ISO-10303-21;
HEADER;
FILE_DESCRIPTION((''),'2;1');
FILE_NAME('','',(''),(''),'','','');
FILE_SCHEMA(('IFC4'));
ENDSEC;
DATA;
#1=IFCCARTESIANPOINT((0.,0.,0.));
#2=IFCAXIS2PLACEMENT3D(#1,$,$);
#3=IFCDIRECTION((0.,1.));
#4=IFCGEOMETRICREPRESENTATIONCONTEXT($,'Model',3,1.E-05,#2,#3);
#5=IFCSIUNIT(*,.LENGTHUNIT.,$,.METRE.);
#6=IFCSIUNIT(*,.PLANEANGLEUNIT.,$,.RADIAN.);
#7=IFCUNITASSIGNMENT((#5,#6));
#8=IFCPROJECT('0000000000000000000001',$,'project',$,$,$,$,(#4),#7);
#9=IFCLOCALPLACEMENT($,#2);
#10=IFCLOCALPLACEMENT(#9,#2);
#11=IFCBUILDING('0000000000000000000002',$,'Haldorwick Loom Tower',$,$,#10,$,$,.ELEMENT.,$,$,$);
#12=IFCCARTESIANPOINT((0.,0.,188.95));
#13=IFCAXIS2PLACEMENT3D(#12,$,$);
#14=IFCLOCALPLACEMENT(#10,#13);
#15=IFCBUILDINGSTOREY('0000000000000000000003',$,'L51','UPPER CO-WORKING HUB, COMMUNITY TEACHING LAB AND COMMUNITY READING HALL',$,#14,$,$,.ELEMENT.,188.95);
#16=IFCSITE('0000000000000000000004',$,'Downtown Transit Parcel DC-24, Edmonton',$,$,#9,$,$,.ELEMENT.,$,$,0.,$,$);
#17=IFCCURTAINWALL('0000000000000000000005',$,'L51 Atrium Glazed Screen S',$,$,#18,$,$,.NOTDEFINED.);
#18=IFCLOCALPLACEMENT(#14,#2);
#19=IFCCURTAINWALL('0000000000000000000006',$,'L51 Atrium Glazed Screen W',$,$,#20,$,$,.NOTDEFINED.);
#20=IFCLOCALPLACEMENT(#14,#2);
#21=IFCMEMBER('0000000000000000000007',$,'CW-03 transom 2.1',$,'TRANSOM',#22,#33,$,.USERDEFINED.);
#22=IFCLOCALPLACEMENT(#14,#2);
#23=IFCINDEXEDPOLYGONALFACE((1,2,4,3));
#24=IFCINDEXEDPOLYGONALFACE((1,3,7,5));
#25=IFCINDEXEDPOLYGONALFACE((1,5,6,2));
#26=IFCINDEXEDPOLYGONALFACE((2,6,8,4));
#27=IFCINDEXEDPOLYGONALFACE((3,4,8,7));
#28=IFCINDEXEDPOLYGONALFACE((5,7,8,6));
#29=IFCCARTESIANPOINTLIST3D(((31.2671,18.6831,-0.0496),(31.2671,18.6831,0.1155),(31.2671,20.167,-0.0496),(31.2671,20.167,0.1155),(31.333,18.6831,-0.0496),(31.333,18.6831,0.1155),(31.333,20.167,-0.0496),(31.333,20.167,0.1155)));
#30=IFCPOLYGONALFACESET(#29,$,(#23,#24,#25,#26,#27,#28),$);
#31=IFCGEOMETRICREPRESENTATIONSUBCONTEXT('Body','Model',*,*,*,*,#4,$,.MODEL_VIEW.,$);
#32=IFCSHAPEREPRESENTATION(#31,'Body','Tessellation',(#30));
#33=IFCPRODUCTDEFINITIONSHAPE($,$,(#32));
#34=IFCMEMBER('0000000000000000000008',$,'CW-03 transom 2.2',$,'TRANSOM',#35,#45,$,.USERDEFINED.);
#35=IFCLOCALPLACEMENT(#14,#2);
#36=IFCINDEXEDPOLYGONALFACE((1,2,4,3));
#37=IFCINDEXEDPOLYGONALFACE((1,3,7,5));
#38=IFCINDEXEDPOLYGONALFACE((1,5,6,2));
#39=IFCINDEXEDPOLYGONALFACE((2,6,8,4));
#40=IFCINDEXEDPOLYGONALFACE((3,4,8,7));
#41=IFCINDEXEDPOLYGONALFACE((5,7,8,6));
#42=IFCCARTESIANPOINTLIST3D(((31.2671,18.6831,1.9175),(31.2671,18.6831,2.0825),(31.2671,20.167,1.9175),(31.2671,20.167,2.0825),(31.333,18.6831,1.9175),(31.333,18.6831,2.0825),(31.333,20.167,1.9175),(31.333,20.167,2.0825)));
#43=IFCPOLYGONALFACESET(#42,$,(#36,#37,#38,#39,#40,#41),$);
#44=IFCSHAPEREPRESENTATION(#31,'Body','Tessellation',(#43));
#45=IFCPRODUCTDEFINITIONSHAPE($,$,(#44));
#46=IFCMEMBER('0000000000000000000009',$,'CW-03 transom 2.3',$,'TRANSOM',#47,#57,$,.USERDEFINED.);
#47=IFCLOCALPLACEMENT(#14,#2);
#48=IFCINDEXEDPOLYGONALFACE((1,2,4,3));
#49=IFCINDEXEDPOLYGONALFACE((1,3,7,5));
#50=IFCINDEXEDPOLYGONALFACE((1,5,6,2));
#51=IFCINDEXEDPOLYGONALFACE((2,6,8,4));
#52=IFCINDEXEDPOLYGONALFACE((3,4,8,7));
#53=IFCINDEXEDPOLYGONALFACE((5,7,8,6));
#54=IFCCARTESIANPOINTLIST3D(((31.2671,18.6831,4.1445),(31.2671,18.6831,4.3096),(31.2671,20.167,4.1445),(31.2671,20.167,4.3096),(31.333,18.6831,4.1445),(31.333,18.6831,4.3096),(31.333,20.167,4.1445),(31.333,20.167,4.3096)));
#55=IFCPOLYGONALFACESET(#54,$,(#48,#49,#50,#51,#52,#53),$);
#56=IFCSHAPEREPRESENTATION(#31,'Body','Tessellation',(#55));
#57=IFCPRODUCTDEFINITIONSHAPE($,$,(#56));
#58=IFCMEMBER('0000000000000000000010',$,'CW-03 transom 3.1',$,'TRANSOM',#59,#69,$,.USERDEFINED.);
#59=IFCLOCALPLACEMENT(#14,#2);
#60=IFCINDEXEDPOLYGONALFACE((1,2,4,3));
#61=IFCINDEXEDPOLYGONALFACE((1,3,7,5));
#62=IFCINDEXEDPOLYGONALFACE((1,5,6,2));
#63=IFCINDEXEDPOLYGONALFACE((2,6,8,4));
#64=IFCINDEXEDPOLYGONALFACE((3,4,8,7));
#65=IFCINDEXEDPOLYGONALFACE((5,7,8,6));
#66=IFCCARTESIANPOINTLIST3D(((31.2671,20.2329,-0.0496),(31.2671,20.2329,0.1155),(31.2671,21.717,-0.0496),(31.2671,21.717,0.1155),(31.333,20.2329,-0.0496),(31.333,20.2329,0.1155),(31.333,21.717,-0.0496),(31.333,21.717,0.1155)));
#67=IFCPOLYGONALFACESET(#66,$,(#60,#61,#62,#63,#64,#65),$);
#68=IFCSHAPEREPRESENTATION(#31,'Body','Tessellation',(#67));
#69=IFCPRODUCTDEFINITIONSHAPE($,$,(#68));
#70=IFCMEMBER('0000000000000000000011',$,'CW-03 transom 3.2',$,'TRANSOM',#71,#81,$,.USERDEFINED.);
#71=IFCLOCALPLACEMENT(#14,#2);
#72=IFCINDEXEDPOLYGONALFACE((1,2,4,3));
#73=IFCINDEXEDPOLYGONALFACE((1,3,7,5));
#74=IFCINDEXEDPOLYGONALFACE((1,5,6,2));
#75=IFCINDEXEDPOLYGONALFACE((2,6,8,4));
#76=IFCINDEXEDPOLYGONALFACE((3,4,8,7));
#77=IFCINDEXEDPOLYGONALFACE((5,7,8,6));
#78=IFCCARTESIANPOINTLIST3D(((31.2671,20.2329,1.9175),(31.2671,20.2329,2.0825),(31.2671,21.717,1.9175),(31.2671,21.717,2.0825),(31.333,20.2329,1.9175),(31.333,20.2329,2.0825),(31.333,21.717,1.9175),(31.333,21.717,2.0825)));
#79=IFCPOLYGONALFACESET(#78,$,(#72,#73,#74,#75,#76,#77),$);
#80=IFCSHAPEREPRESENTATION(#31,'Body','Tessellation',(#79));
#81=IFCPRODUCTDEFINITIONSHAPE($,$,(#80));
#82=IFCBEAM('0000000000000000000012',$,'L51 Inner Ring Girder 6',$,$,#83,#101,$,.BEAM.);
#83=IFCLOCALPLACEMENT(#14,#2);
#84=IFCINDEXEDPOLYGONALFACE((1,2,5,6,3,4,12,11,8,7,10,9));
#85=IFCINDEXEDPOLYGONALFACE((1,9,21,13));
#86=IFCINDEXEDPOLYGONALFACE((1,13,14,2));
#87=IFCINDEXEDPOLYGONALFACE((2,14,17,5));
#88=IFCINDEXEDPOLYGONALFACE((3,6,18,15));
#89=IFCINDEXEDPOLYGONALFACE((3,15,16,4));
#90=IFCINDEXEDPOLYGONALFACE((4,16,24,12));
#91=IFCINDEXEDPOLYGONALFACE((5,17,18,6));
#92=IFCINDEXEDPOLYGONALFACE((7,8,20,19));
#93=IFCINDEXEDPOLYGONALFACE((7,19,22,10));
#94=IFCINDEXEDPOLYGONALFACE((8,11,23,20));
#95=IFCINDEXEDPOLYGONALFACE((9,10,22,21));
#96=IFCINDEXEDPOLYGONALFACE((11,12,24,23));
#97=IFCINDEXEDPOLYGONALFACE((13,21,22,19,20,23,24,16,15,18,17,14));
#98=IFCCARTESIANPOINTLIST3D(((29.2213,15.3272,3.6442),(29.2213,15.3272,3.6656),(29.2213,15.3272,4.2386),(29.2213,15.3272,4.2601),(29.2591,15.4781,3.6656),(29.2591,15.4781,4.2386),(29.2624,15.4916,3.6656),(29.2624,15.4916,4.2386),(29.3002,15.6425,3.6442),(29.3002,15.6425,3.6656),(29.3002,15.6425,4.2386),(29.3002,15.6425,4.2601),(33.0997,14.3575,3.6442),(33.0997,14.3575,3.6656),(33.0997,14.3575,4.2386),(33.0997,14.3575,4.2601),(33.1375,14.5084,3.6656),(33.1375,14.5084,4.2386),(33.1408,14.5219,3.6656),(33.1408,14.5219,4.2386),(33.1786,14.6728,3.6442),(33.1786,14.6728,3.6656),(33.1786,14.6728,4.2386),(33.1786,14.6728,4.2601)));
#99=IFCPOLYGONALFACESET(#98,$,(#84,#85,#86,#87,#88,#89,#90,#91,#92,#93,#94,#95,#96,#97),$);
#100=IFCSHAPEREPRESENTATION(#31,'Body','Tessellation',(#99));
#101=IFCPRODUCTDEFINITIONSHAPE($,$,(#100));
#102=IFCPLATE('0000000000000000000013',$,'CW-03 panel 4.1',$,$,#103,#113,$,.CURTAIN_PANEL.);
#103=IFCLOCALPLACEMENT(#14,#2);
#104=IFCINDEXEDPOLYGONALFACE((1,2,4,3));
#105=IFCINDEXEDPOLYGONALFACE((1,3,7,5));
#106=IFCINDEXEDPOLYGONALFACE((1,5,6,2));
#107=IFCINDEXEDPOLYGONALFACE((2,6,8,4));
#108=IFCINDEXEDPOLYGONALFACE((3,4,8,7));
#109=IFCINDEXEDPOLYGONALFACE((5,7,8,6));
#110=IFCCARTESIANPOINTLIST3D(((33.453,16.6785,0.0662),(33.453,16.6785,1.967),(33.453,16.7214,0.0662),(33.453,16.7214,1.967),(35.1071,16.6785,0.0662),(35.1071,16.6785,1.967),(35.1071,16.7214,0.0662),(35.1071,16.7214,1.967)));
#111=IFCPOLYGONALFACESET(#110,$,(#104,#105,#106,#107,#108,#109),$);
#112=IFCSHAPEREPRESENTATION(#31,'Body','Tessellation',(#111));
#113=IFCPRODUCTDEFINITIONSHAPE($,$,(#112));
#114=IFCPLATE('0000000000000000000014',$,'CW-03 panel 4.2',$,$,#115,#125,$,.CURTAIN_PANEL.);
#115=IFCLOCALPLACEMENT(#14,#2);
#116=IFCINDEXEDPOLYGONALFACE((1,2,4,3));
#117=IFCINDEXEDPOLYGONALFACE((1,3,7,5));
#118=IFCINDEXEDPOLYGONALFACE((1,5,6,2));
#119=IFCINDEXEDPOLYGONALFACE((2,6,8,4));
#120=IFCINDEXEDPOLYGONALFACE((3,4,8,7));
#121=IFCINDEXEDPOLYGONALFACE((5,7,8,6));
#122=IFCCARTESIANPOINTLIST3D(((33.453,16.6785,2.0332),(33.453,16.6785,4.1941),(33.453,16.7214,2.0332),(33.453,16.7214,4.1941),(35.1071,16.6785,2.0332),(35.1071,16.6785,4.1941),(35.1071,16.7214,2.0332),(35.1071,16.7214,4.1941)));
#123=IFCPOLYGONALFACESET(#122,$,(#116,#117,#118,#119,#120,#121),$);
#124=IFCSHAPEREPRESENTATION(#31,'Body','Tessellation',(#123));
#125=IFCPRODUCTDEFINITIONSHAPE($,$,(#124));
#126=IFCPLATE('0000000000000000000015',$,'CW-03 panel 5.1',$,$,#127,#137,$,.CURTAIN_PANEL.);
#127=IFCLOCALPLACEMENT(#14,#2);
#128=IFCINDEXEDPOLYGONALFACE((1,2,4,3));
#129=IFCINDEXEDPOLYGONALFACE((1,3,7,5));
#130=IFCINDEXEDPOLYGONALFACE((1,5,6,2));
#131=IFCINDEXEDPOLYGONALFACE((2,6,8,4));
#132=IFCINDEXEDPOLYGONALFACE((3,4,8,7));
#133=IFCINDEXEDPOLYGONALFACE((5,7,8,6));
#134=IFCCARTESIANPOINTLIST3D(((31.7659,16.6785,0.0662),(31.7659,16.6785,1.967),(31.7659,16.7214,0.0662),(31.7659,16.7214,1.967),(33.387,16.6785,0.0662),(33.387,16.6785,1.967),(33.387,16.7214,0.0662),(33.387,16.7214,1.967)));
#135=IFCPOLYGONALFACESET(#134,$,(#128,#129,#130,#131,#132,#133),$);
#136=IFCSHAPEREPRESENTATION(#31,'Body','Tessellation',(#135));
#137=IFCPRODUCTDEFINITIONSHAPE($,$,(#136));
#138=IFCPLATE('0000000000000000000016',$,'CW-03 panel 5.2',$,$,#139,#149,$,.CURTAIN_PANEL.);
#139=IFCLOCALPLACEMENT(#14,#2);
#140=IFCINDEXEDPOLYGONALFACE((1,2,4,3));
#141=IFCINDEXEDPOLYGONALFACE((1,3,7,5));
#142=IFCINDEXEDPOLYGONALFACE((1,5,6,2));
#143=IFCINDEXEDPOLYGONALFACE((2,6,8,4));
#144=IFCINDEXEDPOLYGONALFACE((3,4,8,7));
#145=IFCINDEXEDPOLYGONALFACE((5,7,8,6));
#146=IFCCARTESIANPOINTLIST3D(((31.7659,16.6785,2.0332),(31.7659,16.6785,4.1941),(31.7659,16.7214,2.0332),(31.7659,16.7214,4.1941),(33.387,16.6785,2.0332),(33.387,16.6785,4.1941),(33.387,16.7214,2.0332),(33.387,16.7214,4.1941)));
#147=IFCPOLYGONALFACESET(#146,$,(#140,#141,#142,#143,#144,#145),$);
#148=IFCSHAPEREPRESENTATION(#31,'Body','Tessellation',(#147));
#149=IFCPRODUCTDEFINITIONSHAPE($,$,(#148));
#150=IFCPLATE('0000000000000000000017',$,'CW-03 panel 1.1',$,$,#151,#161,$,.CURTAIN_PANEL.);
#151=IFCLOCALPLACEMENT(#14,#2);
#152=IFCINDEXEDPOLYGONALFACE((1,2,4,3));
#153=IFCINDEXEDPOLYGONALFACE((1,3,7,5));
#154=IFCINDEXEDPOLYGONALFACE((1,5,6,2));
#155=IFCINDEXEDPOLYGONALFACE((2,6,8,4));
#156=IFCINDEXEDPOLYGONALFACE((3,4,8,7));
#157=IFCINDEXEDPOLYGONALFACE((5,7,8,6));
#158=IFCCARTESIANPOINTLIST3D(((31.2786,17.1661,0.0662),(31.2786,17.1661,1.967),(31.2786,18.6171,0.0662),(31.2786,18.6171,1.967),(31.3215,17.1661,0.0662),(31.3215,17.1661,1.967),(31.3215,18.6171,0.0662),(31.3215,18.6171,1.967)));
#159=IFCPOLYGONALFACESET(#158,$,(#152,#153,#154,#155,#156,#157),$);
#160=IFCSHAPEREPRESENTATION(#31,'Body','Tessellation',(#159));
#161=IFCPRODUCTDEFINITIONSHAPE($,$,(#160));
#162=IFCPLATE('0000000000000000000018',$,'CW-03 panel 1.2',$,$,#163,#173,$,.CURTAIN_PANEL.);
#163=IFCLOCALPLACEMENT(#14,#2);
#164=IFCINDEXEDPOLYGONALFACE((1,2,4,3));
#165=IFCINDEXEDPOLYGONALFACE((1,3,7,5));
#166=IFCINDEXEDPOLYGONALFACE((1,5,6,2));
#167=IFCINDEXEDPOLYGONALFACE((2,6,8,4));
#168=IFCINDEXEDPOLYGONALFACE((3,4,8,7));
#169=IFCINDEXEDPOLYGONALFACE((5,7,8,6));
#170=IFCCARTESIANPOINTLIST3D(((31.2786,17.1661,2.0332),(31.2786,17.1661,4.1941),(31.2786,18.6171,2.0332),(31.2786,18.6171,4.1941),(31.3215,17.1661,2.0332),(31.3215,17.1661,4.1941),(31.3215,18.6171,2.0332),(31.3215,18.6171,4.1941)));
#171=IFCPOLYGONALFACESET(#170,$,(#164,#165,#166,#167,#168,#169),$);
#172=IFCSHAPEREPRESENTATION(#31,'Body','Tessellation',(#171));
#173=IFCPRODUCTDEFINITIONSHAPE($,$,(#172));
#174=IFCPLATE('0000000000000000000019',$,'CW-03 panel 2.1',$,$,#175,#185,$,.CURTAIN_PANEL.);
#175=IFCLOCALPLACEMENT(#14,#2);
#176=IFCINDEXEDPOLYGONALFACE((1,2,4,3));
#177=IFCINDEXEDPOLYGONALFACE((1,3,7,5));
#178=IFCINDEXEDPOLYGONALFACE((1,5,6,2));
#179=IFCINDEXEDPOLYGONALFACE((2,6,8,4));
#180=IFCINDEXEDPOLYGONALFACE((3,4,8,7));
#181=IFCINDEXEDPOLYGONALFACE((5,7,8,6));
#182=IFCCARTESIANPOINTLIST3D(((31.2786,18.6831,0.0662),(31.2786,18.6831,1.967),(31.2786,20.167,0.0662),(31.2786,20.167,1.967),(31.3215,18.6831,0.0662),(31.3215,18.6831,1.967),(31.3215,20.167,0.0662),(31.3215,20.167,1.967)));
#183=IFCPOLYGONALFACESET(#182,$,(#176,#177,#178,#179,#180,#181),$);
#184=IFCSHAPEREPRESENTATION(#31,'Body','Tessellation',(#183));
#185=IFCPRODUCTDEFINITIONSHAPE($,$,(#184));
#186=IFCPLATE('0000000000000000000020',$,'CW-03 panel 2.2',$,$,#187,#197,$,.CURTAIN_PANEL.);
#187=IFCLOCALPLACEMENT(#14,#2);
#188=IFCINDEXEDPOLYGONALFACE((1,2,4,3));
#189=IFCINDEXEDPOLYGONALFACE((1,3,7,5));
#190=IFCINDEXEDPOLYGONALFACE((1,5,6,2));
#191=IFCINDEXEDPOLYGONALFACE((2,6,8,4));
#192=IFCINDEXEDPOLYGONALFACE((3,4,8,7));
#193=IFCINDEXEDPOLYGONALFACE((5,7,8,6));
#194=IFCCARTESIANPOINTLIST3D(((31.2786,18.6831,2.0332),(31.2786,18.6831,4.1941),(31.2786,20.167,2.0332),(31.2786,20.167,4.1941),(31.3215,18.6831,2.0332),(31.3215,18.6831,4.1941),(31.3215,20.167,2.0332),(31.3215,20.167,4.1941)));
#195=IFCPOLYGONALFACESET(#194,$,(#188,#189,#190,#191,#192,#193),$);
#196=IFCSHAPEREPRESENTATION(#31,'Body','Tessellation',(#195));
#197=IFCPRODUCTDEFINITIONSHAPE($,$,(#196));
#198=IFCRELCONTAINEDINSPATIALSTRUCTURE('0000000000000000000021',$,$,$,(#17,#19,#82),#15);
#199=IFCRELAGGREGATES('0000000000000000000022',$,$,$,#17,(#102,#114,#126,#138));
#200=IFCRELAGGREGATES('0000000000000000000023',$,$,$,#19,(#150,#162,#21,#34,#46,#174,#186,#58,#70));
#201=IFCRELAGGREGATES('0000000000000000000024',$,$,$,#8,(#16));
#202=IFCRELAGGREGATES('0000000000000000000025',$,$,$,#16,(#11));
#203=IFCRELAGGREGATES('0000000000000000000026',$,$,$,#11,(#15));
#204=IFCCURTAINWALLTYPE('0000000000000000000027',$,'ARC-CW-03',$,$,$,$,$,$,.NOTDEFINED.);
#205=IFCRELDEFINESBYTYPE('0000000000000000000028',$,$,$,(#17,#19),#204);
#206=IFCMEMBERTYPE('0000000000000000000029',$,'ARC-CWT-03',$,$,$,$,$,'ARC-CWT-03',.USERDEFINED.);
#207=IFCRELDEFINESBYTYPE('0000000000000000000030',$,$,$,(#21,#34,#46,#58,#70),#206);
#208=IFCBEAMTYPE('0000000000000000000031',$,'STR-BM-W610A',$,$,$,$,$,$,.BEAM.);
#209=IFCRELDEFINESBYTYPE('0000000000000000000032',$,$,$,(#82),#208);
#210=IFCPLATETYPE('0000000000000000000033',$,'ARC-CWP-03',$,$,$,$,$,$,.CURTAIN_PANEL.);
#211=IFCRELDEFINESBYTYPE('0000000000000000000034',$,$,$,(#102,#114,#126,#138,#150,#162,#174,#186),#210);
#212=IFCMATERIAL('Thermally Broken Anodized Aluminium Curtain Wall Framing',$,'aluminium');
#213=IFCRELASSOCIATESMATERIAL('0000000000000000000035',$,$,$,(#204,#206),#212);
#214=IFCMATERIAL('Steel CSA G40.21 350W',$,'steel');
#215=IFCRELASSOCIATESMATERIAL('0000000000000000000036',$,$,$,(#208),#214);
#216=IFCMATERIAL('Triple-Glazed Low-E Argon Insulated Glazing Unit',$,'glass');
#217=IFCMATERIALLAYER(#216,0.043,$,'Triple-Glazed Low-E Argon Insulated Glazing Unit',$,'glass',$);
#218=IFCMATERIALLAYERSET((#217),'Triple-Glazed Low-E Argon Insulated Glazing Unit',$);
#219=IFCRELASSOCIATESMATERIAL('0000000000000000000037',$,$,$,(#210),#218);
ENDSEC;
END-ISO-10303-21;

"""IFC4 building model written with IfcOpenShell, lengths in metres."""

from ifc_helpers import new_model, si_unit, direction, frame, origin, origin_2d, place, context, subcontext, project, spatial, rectangle, i_section, extrude, material, layer, layer_set, material_profile, profile_set, type_object, element, aggregate, save


model = new_model("IFC4")

# Units and contexts
model_context = context("Model", 3, precision=1e-05, world=origin(), true_north=direction((0.0, 1.0)))
body_context = subcontext(model_context, "Body", "Model", "MODEL_VIEW")
ifc_project = project(units=[si_unit("LENGTHUNIT", "METRE"), si_unit("PLANEANGLEUNIT", "RADIAN")], contexts=[model_context])

# Site, building, storey
site_placement = place(None, origin())
site = spatial("IfcSite", under=ifc_project, at=site_placement, Name="Downtown Transit Parcel DC-24, Edmonton", CompositionType="ELEMENT", RefElevation=0.0)
building_placement = place(site_placement, origin())
building = spatial("IfcBuilding", under=site, at=building_placement, Name="Haldorwick Loom Tower", CompositionType="ELEMENT")
storey_placement = place(building_placement, frame((0.0, 0.0, 188.95)))
storey = spatial("IfcBuildingStorey", under=building, at=storey_placement, Name="L51", Description="UPPER CO-WORKING HUB, COMMUNITY TEACHING LAB AND COMMUNITY READING HALL", CompositionType="ELEMENT", Elevation=188.95)

# Curtain walls
ifc_material_1 = material(Name="Thermally Broken Anodized Aluminium Curtain Wall Framing", Category="aluminium")
curtain_wall_type = type_object("IfcCurtainWallType", Name="ARC-CW-03", PredefinedType="NOTDEFINED", material=ifc_material_1)
curtain_wall_1_placement = place(storey_placement, origin())
curtain_wall_1 = element("IfcCurtainWall", 1, at=curtain_wall_1_placement, inside=storey, type_object=curtain_wall_type, Name="L51 Atrium Glazed Screen S", PredefinedType="NOTDEFINED")
curtain_wall_2_placement = place(storey_placement, origin())
curtain_wall_2 = element("IfcCurtainWall", 2, at=curtain_wall_2_placement, inside=storey, type_object=curtain_wall_type, Name="L51 Atrium Glazed Screen W", PredefinedType="NOTDEFINED")

# Members
ifc_material_profile_1 = material_profile(ifc_material_1, rectangle(XDim=0.0659, YDim=0.165, at=origin_2d()), Name="ALU_TRN_66X165", Category="aluminium")
ifc_profile_set_1 = profile_set([ifc_material_profile_1], Name="Thermally Broken Anodized Aluminium Curtain Wall Framing")
member_type_1 = type_object("IfcMemberType", Name="ARC-CWT-03", ElementType="ARC-CWT-03", PredefinedType="USERDEFINED", material=ifc_profile_set_1)
member_1_placement = place(storey_placement, frame((31.3, 18.6831, 0.033), z_axis=(0.0, 1.0, 0.0), x_axis=(-1.0, 0.0, 0.0)))
member_1 = element("IfcMember", 3, at=member_1_placement, type_object=member_type_1, Name="CW-03 transom 2.1", ObjectType="TRANSOM", PredefinedType="USERDEFINED", context=body_context, shape_type="SweptSolid", body=[
    extrude(rectangle(XDim=0.0659, YDim=0.165, at=origin_2d()), origin(), (0.0, 0.0, 1.0), 1.4839),
])
member_2_placement = place(storey_placement, frame((31.3, 18.6831, 2.0), z_axis=(0.0, 1.0, 0.0), x_axis=(-1.0, 0.0, 0.0)))
member_2 = element("IfcMember", 4, at=member_2_placement, type_object=member_type_1, Name="CW-03 transom 2.2", ObjectType="TRANSOM", PredefinedType="USERDEFINED", context=body_context, shape_type="SweptSolid", body=[
    extrude(rectangle(XDim=0.0659, YDim=0.165, at=origin_2d()), origin(), (0.0, 0.0, 1.0), 1.4839),
])
member_3_placement = place(storey_placement, frame((31.3, 18.6831, 4.2271), z_axis=(0.0, 1.0, 0.0), x_axis=(-1.0, 0.0, 0.0)))
member_3 = element("IfcMember", 5, at=member_3_placement, type_object=member_type_1, Name="CW-03 transom 2.3", ObjectType="TRANSOM", PredefinedType="USERDEFINED", context=body_context, shape_type="SweptSolid", body=[
    extrude(rectangle(XDim=0.0659, YDim=0.165, at=origin_2d()), origin(), (0.0, 0.0, 1.0), 1.4839),
])
member_4_placement = place(storey_placement, frame((31.3, 20.2329, 0.033), z_axis=(0.0, 1.0, 0.0), x_axis=(-1.0, 0.0, 0.0)))
member_4 = element("IfcMember", 6, at=member_4_placement, type_object=member_type_1, Name="CW-03 transom 3.1", ObjectType="TRANSOM", PredefinedType="USERDEFINED", context=body_context, shape_type="SweptSolid", body=[
    extrude(rectangle(XDim=0.0659, YDim=0.165, at=origin_2d()), origin(), (0.0, 0.0, 1.0), 1.4841),
])
member_5_placement = place(storey_placement, frame((31.3, 20.2329, 2.0), z_axis=(0.0, 1.0, 0.0), x_axis=(-1.0, 0.0, 0.0)))
member_5 = element("IfcMember", 7, at=member_5_placement, type_object=member_type_1, Name="CW-03 transom 3.2", ObjectType="TRANSOM", PredefinedType="USERDEFINED", context=body_context, shape_type="SweptSolid", body=[
    extrude(rectangle(XDim=0.0659, YDim=0.165, at=origin_2d()), origin(), (0.0, 0.0, 1.0), 1.4841),
])

# Beam
ifc_material_2 = material(Name="Steel CSA G40.21 350W", Category="steel")
ifc_material_profile_2 = material_profile(ifc_material_2, i_section(OverallWidth=0.325, OverallDepth=0.616, WebThickness=0.0139, FlangeThickness=0.0215, at=origin_2d()), Name="W610X174", Category="steel")
ifc_profile_set_2 = profile_set([ifc_material_profile_2], Name="Steel CSA G40.21 350W")
beam_type = type_object("IfcBeamType", Name="STR-BM-W610A", PredefinedType="BEAM", material=ifc_profile_set_2)
beam_placement = place(storey_placement, frame((33.1392, 14.5151, 3.9521), z_axis=(-0.970135, 0.242564, 0.0), x_axis=(-0.242564, -0.970135, 0.0)))
element("IfcBeam", 8, at=beam_placement, inside=storey, type_object=beam_type, Name="L51 Inner Ring Girder 6", PredefinedType="BEAM", context=body_context, shape_type="SweptSolid", body=[
    extrude(i_section(OverallWidth=0.325, OverallDepth=0.616, WebThickness=0.0139, FlangeThickness=0.0215, at=origin_2d()), origin(), (0.0, 0.0, 1.0), 3.9978),
])

# Plates
ifc_material_3 = material(Name="Triple-Glazed Low-E Argon Insulated Glazing Unit", Category="glass")
ifc_layer_1 = layer(ifc_material_3, 0.043, Name="Triple-Glazed Low-E Argon Insulated Glazing Unit", Category="glass")
ifc_layer_set_1 = layer_set([ifc_layer_1], Name="Triple-Glazed Low-E Argon Insulated Glazing Unit")
plate_type = type_object("IfcPlateType", Name="ARC-CWP-03", PredefinedType="CURTAIN_PANEL", material=ifc_layer_set_1)
plate_1_placement = place(storey_placement, frame((34.28, 16.7, 0.0662), z_axis=(0.0, 0.0, 1.0), x_axis=(-1.0, 0.0, 0.0)))
plate_1 = element("IfcPlate", 9, at=plate_1_placement, type_object=plate_type, Name="CW-03 panel 4.1", PredefinedType="CURTAIN_PANEL", context=body_context, shape_type="SweptSolid", body=[
    extrude(rectangle(XDim=1.6541, YDim=0.043, at=origin_2d()), origin(), (0.0, 0.0, 1.0), 1.9009),
])
plate_2_placement = place(storey_placement, frame((34.28, 16.7, 2.0332), z_axis=(0.0, 0.0, 1.0), x_axis=(-1.0, 0.0, 0.0)))
plate_2 = element("IfcPlate", 10, at=plate_2_placement, type_object=plate_type, Name="CW-03 panel 4.2", PredefinedType="CURTAIN_PANEL", context=body_context, shape_type="SweptSolid", body=[
    extrude(rectangle(XDim=1.6541, YDim=0.043, at=origin_2d()), origin(), (0.0, 0.0, 1.0), 2.1609),
])
plate_3_placement = place(storey_placement, frame((32.5764, 16.7, 0.0662), z_axis=(0.0, 0.0, 1.0), x_axis=(-1.0, 0.0, 0.0)))
plate_3 = element("IfcPlate", 11, at=plate_3_placement, type_object=plate_type, Name="CW-03 panel 5.1", PredefinedType="CURTAIN_PANEL", context=body_context, shape_type="SweptSolid", body=[
    extrude(rectangle(XDim=1.6211, YDim=0.043, at=origin_2d()), origin(), (0.0, 0.0, 1.0), 1.9009),
])
plate_4_placement = place(storey_placement, frame((32.5764, 16.7, 2.0332), z_axis=(0.0, 0.0, 1.0), x_axis=(-1.0, 0.0, 0.0)))
plate_4 = element("IfcPlate", 12, at=plate_4_placement, type_object=plate_type, Name="CW-03 panel 5.2", PredefinedType="CURTAIN_PANEL", context=body_context, shape_type="SweptSolid", body=[
    extrude(rectangle(XDim=1.6211, YDim=0.043, at=origin_2d()), origin(), (0.0, 0.0, 1.0), 2.1609),
])
aggregate(curtain_wall_1, [plate_1, plate_2, plate_3, plate_4])
plate_5_placement = place(storey_placement, frame((31.3, 17.8916, 0.0662), z_axis=(0.0, 0.0, 1.0), x_axis=(0.0, 1.0, 0.0)))
plate_5 = element("IfcPlate", 13, at=plate_5_placement, type_object=plate_type, Name="CW-03 panel 1.1", PredefinedType="CURTAIN_PANEL", context=body_context, shape_type="SweptSolid", body=[
    extrude(rectangle(XDim=1.4509, YDim=0.043, at=origin_2d()), origin(), (0.0, 0.0, 1.0), 1.9009),
])
plate_6_placement = place(storey_placement, frame((31.3, 17.8916, 2.0332), z_axis=(0.0, 0.0, 1.0), x_axis=(0.0, 1.0, 0.0)))
plate_6 = element("IfcPlate", 14, at=plate_6_placement, type_object=plate_type, Name="CW-03 panel 1.2", PredefinedType="CURTAIN_PANEL", context=body_context, shape_type="SweptSolid", body=[
    extrude(rectangle(XDim=1.4509, YDim=0.043, at=origin_2d()), origin(), (0.0, 0.0, 1.0), 2.1609),
])
plate_7_placement = place(storey_placement, frame((31.3, 19.425, 0.0662), z_axis=(0.0, 0.0, 1.0), x_axis=(0.0, 1.0, 0.0)))
plate_7 = element("IfcPlate", 15, at=plate_7_placement, type_object=plate_type, Name="CW-03 panel 2.1", PredefinedType="CURTAIN_PANEL", context=body_context, shape_type="SweptSolid", body=[
    extrude(rectangle(XDim=1.4839, YDim=0.043, at=origin_2d()), origin(), (0.0, 0.0, 1.0), 1.9009),
])
plate_8_placement = place(storey_placement, frame((31.3, 19.425, 2.0332), z_axis=(0.0, 0.0, 1.0), x_axis=(0.0, 1.0, 0.0)))
plate_8 = element("IfcPlate", 16, at=plate_8_placement, type_object=plate_type, Name="CW-03 panel 2.2", PredefinedType="CURTAIN_PANEL", context=body_context, shape_type="SweptSolid", body=[
    extrude(rectangle(XDim=1.4839, YDim=0.043, at=origin_2d()), origin(), (0.0, 0.0, 1.0), 2.1609),
])
aggregate(curtain_wall_2, [plate_5, plate_6, member_1, member_2, member_3, plate_7, plate_8, member_4, member_5])

save(model, "model.ifc")
